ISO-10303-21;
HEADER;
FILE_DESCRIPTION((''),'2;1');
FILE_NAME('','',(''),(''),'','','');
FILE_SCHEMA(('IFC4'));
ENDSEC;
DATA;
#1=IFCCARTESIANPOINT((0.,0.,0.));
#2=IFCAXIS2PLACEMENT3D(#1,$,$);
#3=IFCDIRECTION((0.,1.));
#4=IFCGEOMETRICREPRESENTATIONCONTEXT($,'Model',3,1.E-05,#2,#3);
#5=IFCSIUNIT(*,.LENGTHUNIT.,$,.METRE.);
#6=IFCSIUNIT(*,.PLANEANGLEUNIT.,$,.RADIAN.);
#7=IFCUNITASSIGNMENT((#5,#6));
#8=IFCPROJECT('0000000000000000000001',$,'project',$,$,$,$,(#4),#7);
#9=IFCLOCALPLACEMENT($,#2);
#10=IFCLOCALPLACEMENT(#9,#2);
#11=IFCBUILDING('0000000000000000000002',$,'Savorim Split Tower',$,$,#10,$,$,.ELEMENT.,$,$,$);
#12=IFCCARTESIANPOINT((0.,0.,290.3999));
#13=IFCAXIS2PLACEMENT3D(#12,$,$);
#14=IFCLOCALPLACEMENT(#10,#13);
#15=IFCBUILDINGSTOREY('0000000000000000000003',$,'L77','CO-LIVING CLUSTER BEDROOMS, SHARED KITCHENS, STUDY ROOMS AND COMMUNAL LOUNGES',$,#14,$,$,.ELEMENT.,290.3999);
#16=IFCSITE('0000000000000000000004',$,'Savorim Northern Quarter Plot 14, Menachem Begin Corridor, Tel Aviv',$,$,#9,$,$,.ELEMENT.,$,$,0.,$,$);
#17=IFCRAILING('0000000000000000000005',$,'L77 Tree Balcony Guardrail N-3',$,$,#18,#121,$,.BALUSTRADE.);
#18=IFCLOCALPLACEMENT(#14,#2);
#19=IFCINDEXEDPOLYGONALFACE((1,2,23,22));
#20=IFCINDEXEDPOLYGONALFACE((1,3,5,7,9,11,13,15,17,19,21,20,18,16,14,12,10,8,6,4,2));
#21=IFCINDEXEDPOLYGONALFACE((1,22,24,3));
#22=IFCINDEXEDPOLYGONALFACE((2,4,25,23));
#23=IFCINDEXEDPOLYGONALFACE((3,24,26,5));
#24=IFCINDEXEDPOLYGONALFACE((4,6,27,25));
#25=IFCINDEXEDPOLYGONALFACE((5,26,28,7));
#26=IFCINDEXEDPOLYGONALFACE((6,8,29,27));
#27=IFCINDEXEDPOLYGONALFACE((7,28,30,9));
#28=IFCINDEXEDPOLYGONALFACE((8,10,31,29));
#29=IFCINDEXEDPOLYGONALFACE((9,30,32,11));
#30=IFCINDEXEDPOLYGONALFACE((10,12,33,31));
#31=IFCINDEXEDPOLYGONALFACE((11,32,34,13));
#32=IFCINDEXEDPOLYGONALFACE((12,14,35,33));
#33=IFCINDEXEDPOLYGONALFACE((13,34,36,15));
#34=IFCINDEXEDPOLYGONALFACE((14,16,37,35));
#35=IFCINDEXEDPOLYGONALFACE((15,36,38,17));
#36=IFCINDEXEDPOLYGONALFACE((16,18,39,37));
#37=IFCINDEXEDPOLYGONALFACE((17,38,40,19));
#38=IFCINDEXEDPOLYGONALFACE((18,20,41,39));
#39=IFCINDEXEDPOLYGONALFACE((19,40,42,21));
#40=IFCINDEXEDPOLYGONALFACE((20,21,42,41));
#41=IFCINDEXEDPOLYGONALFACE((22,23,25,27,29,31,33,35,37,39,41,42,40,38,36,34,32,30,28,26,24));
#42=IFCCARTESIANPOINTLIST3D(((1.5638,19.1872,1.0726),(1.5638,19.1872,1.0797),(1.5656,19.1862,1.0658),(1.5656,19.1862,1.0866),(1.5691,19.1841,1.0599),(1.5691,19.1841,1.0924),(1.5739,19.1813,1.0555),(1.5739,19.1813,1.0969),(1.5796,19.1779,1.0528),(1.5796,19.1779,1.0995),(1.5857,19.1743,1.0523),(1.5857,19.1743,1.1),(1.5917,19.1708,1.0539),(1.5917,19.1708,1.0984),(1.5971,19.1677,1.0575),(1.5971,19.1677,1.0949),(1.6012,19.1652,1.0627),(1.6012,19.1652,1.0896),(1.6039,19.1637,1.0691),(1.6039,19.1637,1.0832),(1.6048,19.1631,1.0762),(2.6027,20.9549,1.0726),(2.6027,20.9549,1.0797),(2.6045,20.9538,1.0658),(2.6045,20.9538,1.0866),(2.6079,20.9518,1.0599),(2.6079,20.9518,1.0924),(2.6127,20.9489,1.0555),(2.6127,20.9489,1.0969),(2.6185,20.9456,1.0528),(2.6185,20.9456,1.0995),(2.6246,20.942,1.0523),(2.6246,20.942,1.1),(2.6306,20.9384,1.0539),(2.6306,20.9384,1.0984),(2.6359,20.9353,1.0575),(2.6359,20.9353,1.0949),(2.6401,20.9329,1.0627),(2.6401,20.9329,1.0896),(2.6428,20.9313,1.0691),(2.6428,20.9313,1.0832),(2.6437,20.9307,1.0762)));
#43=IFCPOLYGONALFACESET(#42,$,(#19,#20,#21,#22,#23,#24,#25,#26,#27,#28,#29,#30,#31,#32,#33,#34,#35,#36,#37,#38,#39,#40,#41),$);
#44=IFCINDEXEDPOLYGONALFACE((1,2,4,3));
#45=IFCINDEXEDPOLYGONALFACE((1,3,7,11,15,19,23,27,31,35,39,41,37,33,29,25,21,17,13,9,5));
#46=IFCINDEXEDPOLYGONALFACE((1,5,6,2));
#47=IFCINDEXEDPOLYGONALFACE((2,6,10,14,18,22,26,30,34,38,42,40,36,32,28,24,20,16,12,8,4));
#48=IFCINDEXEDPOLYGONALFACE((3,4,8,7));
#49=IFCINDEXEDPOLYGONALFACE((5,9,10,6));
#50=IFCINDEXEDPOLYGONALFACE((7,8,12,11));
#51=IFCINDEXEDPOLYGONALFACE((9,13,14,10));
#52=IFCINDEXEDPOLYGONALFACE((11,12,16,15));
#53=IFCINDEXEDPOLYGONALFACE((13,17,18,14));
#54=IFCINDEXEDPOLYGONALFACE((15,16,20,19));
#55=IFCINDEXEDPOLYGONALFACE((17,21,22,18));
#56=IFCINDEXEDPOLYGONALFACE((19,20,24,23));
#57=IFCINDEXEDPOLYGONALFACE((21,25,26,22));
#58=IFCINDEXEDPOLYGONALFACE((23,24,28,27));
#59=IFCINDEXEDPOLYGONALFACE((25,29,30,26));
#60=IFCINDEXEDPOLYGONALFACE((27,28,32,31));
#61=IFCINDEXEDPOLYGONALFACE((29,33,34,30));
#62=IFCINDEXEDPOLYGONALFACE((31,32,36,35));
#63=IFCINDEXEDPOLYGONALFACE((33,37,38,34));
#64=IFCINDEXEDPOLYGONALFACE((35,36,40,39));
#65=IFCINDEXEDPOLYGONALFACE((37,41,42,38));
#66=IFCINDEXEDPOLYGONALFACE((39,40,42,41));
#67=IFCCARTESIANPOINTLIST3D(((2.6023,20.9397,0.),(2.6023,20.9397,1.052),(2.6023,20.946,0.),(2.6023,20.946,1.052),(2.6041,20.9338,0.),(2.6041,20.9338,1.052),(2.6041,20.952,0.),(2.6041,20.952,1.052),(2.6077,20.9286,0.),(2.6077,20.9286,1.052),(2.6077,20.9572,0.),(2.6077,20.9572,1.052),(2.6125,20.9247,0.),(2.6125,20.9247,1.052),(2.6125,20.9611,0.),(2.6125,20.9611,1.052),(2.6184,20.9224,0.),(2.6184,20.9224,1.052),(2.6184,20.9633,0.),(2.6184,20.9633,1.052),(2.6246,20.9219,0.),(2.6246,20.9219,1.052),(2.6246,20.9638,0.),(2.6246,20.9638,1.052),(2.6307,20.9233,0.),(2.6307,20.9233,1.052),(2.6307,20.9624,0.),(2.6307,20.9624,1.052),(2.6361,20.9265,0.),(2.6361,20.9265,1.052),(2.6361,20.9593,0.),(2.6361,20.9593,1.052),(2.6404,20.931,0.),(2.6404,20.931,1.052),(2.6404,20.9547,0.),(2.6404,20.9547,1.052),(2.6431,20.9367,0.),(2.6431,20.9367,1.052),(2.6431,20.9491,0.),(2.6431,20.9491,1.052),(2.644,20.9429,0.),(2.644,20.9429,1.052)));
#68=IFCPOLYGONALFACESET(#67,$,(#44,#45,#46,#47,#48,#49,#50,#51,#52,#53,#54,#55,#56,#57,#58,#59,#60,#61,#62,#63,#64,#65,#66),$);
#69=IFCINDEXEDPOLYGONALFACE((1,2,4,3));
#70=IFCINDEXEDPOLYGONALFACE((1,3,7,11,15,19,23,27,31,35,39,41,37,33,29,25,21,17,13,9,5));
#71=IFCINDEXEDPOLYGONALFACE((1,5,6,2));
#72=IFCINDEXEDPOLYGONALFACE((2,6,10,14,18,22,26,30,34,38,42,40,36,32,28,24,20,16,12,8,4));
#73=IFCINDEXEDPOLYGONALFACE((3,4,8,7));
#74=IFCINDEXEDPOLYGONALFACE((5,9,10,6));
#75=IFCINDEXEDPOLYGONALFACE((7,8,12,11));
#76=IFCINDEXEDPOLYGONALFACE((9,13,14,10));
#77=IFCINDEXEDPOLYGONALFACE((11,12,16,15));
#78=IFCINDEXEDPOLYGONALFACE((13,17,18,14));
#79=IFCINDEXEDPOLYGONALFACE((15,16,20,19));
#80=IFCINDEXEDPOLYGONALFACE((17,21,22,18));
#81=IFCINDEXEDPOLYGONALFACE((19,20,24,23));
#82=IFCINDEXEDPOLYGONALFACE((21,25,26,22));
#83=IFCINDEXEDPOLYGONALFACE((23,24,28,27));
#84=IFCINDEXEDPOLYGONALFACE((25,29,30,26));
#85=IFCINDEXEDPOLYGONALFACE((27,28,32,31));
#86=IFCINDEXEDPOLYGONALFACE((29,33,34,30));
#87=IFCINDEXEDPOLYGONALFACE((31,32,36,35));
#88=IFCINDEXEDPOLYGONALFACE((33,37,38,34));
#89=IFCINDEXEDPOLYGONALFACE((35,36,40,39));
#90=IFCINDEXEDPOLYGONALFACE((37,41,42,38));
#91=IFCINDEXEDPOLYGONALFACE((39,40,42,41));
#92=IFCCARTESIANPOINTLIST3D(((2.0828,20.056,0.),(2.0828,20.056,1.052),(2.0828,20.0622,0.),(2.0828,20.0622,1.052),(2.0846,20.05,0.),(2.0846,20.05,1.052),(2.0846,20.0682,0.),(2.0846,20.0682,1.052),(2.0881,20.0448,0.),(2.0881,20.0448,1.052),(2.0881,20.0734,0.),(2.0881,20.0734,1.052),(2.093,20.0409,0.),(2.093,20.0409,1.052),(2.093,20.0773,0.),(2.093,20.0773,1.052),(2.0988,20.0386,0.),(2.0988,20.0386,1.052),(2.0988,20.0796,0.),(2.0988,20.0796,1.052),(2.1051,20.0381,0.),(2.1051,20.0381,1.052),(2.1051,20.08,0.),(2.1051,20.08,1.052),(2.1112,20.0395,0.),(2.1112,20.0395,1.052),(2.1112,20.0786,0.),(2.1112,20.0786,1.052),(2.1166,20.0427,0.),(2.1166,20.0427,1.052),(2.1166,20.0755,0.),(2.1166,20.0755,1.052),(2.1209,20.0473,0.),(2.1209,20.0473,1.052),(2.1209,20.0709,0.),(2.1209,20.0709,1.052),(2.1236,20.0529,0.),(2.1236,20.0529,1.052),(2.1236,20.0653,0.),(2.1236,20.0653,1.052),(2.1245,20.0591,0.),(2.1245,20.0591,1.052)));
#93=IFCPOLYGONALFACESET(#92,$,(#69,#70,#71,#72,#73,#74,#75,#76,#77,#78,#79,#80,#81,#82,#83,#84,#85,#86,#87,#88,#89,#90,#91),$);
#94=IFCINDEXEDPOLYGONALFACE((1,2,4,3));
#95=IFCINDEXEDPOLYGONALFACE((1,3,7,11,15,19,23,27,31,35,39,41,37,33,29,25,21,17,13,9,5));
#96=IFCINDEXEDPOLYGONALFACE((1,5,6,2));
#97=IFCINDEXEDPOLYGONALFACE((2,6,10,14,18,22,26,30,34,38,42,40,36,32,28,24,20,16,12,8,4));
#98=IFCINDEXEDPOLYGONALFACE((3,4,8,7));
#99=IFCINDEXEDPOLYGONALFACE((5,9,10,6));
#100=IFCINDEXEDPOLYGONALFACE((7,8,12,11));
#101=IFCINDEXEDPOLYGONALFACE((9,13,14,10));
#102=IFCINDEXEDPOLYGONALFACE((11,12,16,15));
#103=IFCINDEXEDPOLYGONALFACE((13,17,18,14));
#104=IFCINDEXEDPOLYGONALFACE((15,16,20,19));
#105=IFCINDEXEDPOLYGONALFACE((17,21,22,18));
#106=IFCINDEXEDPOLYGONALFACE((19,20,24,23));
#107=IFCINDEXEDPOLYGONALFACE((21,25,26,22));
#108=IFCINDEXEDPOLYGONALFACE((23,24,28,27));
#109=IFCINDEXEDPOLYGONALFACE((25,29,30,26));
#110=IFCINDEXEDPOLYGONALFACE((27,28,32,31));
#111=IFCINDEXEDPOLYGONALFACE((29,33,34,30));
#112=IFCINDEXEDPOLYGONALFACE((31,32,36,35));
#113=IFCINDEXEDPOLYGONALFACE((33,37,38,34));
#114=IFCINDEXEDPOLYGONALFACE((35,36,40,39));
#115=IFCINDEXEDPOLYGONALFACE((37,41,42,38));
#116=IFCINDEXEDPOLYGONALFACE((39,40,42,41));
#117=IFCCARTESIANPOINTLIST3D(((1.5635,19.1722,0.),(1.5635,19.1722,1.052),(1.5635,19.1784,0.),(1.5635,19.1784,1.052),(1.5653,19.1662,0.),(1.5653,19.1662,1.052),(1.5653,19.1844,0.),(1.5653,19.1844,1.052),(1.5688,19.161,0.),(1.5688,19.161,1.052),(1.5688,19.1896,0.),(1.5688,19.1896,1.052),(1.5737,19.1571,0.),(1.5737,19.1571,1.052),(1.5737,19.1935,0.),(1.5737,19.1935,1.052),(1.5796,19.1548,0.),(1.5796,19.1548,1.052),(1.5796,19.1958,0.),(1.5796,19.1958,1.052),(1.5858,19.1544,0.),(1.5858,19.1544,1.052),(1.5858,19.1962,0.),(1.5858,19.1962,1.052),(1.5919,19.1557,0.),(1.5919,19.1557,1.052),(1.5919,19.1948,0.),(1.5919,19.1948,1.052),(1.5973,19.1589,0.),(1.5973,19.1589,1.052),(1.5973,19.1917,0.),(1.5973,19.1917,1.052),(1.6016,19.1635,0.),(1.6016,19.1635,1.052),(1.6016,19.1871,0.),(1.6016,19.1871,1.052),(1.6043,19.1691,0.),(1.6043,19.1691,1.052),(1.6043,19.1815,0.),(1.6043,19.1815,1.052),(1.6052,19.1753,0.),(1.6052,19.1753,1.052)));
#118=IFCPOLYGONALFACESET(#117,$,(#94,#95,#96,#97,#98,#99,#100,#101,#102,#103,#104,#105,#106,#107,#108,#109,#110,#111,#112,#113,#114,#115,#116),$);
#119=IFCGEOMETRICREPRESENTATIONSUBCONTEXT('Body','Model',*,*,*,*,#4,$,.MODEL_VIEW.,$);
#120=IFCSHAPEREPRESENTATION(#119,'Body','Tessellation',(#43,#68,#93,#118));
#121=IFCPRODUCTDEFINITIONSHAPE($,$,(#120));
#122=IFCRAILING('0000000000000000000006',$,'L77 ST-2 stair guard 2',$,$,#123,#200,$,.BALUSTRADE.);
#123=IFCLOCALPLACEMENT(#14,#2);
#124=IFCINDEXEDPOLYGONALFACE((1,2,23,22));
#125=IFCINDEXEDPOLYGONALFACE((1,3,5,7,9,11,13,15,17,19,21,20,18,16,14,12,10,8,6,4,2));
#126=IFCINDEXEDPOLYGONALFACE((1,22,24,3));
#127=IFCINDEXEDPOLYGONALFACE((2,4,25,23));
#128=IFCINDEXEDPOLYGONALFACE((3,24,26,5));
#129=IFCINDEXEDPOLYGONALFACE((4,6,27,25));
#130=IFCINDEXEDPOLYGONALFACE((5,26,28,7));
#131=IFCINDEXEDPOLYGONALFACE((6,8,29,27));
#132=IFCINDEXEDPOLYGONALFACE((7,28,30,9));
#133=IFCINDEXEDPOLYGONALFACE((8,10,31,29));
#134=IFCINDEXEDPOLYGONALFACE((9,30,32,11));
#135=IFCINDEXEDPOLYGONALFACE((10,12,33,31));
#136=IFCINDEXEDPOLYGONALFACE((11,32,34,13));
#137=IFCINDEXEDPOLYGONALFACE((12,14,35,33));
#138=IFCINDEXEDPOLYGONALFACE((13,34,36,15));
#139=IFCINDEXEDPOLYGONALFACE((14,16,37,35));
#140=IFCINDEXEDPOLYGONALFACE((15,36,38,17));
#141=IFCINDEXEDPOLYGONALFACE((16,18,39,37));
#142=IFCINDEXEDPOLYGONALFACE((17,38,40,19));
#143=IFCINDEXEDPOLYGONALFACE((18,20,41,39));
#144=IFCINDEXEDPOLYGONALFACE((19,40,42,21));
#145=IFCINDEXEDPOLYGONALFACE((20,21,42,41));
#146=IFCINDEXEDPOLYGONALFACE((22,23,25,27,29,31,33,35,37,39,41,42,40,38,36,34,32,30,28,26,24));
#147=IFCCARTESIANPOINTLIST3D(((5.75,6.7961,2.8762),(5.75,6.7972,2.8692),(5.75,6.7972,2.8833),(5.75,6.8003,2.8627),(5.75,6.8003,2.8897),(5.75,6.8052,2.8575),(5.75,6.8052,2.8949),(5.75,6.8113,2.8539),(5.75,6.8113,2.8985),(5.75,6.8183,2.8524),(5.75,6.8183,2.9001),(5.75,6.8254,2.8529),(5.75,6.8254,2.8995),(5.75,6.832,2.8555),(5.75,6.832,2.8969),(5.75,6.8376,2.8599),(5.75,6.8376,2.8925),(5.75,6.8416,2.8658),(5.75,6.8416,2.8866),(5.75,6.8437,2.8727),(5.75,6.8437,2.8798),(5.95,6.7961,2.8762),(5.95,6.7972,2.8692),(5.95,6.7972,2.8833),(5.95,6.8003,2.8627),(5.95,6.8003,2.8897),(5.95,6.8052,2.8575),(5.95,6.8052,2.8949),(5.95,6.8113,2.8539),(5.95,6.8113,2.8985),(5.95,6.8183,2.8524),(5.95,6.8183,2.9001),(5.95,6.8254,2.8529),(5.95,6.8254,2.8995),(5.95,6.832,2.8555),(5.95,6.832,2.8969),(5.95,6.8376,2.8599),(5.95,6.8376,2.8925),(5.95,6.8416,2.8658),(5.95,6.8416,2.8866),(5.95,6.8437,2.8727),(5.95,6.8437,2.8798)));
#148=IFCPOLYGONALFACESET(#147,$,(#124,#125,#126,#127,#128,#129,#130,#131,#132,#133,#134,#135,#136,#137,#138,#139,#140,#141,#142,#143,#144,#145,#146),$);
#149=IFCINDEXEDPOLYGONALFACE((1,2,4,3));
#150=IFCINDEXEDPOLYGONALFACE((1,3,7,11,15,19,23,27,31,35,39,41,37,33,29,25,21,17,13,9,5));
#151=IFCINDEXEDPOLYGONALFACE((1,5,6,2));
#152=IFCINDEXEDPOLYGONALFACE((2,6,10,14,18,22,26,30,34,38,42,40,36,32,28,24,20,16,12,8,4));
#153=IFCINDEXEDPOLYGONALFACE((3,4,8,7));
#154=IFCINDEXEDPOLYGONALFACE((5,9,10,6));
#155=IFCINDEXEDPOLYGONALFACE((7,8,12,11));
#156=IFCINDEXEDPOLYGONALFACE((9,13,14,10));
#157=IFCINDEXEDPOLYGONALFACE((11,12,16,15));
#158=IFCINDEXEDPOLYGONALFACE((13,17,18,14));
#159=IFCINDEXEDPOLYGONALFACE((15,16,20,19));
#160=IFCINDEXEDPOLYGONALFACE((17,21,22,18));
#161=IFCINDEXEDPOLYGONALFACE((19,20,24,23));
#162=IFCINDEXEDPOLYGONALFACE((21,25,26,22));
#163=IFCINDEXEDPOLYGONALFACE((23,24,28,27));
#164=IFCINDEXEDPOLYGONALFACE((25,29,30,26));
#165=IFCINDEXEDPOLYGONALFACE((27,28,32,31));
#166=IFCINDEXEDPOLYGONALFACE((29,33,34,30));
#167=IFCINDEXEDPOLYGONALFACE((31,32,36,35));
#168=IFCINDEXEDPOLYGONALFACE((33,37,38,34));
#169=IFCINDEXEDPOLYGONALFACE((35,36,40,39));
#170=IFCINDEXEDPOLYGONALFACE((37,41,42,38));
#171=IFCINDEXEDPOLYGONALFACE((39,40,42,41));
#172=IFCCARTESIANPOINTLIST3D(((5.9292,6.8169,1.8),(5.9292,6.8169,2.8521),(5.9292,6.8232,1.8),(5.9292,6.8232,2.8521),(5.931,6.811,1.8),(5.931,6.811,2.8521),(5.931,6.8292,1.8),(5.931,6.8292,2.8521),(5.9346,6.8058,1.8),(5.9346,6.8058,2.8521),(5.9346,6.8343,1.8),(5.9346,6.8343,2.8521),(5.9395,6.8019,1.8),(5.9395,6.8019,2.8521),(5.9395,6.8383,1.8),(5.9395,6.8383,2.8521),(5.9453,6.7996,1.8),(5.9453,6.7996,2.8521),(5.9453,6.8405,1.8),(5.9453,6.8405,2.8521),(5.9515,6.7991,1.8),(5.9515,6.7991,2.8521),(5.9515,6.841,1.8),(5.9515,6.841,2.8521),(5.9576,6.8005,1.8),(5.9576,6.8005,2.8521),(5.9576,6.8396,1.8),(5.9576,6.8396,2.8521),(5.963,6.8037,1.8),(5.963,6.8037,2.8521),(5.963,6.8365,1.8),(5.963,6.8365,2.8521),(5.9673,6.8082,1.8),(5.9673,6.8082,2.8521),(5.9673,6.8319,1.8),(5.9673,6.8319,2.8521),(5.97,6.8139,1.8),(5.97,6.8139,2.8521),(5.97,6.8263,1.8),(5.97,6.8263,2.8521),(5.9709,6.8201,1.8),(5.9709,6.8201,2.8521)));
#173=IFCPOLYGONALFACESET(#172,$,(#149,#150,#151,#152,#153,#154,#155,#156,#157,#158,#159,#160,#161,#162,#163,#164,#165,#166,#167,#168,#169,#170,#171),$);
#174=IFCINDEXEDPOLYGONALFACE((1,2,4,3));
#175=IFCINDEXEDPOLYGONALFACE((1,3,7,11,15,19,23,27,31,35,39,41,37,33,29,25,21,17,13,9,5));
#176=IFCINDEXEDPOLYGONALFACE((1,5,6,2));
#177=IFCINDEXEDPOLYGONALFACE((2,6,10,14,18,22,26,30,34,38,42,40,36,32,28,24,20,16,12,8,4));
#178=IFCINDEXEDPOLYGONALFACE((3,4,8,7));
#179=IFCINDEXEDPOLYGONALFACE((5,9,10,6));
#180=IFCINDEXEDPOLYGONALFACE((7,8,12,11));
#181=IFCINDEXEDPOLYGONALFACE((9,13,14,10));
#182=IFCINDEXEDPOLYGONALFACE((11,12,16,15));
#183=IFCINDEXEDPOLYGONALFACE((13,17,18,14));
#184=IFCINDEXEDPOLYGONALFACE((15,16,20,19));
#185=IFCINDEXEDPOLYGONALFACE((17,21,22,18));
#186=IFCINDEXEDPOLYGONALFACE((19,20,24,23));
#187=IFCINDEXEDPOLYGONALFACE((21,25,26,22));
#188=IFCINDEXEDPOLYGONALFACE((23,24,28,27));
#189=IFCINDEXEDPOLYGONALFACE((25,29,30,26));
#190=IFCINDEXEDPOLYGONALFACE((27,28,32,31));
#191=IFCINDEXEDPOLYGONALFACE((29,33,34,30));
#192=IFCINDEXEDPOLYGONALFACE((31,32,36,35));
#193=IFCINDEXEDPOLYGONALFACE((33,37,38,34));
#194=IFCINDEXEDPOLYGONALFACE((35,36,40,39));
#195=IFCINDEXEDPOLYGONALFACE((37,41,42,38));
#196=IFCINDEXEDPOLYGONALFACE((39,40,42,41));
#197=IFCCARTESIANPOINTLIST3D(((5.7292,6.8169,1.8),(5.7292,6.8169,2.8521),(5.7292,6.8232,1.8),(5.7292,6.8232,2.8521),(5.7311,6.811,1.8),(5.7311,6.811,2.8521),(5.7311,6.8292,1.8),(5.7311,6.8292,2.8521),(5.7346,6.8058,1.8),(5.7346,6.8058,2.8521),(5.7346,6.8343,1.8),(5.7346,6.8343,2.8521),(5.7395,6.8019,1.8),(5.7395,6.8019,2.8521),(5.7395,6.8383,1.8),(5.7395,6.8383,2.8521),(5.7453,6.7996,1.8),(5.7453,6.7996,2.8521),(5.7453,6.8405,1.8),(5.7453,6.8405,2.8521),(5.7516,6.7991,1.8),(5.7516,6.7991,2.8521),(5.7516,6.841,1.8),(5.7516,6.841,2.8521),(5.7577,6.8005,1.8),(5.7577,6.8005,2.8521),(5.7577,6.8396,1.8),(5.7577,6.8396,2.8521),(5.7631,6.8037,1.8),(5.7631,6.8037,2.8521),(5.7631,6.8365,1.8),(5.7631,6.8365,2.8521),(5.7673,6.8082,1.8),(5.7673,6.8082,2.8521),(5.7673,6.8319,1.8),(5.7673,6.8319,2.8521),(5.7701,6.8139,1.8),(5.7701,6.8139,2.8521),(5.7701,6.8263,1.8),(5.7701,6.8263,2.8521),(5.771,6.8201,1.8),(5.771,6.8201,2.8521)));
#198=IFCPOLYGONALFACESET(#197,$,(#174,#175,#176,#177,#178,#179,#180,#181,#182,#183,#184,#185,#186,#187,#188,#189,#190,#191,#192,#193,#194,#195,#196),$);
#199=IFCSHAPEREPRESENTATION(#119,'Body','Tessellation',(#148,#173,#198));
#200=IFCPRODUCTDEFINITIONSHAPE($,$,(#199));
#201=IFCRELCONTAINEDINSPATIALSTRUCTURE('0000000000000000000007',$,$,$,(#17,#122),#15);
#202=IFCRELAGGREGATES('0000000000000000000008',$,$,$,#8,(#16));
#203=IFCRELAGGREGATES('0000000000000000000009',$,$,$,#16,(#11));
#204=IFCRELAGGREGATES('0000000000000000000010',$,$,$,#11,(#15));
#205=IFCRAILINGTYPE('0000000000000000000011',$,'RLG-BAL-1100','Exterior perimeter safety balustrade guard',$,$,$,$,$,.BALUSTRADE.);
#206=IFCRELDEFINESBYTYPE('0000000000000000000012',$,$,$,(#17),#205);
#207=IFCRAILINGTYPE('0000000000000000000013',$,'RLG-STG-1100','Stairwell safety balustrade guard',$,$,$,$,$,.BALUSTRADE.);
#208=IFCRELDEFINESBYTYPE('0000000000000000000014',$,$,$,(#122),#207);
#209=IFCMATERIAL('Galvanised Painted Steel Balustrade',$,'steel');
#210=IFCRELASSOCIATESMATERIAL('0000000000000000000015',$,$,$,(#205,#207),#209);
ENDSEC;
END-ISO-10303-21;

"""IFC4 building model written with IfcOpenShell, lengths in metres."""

from ifc_helpers import new_model, si_unit, direction, frame, origin, origin_2d, place, context, subcontext, project, spatial, circle, extrude, material, type_object, element, save


model = new_model("IFC4")

# Units and contexts
model_context = context("Model", 3, precision=1e-05, world=origin(), true_north=direction((0.0, 1.0)))
body_context = subcontext(model_context, "Body", "Model", "MODEL_VIEW")
ifc_project = project(units=[si_unit("LENGTHUNIT", "METRE"), si_unit("PLANEANGLEUNIT", "RADIAN")], contexts=[model_context])

# Site, building, storey
site_placement = place(None, origin())
site = spatial("IfcSite", under=ifc_project, at=site_placement, Name="Savorim Northern Quarter Plot 14, Menachem Begin Corridor, Tel Aviv", CompositionType="ELEMENT", RefElevation=0.0)
building_placement = place(site_placement, origin())
building = spatial("IfcBuilding", under=site, at=building_placement, Name="Savorim Split Tower", CompositionType="ELEMENT")
storey_placement = place(building_placement, frame((0.0, 0.0, 290.3999)))
storey = spatial("IfcBuildingStorey", under=building, at=storey_placement, Name="L77", Description="CO-LIVING CLUSTER BEDROOMS, SHARED KITCHENS, STUDY ROOMS AND COMMUNAL LOUNGES", CompositionType="ELEMENT", Elevation=290.3999)

# Railings
ifc_material_1 = material(Name="Galvanised Painted Steel Balustrade", Category="steel")
railing_type_1 = type_object("IfcRailingType", Name="RLG-BAL-1100", Description="Exterior perimeter safety balustrade guard", PredefinedType="BALUSTRADE", material=ifc_material_1)
railing_1_placement = place(storey_placement, frame((2.623, 20.9429, 0.0)))
element("IfcRailing", 1, at=railing_1_placement, inside=storey, type_object=railing_type_1, Name="L77 Tree Balcony Guardrail N-3", PredefinedType="BALUSTRADE", context=body_context, shape_type="SweptSolid", body=[
    extrude(circle(Radius=0.0239, at=origin_2d()), frame((0.0, 0.0, 1.0762), z_axis=(-0.506682, -0.862133, 0.0), x_axis=(0.862133, -0.506682, 0.0)), (0.0, 0.0, 1.0), 2.0503),
    extrude(circle(Radius=0.021, at=origin_2d()), origin(), (0.0, 0.0, 1.0), 1.052),
    extrude(circle(Radius=0.021, at=origin_2d()), frame((-0.5195, -0.8838, 0.0)), (0.0, 0.0, 1.0), 1.052),
    extrude(circle(Radius=0.021, at=origin_2d()), frame((-1.0388, -1.7676, 0.0)), (0.0, 0.0, 1.0), 1.052),
])
railing_type_2 = type_object("IfcRailingType", Name="RLG-STG-1100", Description="Stairwell safety balustrade guard", PredefinedType="BALUSTRADE", material=ifc_material_1)
railing_2_placement = place(storey_placement, frame((5.95, 6.8201, 1.8)))
element("IfcRailing", 2, at=railing_2_placement, inside=storey, type_object=railing_type_2, Name="L77 ST-2 stair guard 2", PredefinedType="BALUSTRADE", context=body_context, shape_type="SweptSolid", body=[
    extrude(circle(Radius=0.0239, at=origin_2d()), frame((0.0, 0.0, 1.0762), z_axis=(-1.0, 0.0, 0.0), x_axis=(0.0, -1.0, 0.0)), (0.0, 0.0, 1.0), 0.2),
    extrude(circle(Radius=0.021, at=origin_2d()), origin(), (0.0, 0.0, 1.0), 1.052),
    extrude(circle(Radius=0.021, at=origin_2d()), frame((-0.2, 0.0, 0.0)), (0.0, 0.0, 1.0), 1.052),
])

save(model, "model.ifc")
